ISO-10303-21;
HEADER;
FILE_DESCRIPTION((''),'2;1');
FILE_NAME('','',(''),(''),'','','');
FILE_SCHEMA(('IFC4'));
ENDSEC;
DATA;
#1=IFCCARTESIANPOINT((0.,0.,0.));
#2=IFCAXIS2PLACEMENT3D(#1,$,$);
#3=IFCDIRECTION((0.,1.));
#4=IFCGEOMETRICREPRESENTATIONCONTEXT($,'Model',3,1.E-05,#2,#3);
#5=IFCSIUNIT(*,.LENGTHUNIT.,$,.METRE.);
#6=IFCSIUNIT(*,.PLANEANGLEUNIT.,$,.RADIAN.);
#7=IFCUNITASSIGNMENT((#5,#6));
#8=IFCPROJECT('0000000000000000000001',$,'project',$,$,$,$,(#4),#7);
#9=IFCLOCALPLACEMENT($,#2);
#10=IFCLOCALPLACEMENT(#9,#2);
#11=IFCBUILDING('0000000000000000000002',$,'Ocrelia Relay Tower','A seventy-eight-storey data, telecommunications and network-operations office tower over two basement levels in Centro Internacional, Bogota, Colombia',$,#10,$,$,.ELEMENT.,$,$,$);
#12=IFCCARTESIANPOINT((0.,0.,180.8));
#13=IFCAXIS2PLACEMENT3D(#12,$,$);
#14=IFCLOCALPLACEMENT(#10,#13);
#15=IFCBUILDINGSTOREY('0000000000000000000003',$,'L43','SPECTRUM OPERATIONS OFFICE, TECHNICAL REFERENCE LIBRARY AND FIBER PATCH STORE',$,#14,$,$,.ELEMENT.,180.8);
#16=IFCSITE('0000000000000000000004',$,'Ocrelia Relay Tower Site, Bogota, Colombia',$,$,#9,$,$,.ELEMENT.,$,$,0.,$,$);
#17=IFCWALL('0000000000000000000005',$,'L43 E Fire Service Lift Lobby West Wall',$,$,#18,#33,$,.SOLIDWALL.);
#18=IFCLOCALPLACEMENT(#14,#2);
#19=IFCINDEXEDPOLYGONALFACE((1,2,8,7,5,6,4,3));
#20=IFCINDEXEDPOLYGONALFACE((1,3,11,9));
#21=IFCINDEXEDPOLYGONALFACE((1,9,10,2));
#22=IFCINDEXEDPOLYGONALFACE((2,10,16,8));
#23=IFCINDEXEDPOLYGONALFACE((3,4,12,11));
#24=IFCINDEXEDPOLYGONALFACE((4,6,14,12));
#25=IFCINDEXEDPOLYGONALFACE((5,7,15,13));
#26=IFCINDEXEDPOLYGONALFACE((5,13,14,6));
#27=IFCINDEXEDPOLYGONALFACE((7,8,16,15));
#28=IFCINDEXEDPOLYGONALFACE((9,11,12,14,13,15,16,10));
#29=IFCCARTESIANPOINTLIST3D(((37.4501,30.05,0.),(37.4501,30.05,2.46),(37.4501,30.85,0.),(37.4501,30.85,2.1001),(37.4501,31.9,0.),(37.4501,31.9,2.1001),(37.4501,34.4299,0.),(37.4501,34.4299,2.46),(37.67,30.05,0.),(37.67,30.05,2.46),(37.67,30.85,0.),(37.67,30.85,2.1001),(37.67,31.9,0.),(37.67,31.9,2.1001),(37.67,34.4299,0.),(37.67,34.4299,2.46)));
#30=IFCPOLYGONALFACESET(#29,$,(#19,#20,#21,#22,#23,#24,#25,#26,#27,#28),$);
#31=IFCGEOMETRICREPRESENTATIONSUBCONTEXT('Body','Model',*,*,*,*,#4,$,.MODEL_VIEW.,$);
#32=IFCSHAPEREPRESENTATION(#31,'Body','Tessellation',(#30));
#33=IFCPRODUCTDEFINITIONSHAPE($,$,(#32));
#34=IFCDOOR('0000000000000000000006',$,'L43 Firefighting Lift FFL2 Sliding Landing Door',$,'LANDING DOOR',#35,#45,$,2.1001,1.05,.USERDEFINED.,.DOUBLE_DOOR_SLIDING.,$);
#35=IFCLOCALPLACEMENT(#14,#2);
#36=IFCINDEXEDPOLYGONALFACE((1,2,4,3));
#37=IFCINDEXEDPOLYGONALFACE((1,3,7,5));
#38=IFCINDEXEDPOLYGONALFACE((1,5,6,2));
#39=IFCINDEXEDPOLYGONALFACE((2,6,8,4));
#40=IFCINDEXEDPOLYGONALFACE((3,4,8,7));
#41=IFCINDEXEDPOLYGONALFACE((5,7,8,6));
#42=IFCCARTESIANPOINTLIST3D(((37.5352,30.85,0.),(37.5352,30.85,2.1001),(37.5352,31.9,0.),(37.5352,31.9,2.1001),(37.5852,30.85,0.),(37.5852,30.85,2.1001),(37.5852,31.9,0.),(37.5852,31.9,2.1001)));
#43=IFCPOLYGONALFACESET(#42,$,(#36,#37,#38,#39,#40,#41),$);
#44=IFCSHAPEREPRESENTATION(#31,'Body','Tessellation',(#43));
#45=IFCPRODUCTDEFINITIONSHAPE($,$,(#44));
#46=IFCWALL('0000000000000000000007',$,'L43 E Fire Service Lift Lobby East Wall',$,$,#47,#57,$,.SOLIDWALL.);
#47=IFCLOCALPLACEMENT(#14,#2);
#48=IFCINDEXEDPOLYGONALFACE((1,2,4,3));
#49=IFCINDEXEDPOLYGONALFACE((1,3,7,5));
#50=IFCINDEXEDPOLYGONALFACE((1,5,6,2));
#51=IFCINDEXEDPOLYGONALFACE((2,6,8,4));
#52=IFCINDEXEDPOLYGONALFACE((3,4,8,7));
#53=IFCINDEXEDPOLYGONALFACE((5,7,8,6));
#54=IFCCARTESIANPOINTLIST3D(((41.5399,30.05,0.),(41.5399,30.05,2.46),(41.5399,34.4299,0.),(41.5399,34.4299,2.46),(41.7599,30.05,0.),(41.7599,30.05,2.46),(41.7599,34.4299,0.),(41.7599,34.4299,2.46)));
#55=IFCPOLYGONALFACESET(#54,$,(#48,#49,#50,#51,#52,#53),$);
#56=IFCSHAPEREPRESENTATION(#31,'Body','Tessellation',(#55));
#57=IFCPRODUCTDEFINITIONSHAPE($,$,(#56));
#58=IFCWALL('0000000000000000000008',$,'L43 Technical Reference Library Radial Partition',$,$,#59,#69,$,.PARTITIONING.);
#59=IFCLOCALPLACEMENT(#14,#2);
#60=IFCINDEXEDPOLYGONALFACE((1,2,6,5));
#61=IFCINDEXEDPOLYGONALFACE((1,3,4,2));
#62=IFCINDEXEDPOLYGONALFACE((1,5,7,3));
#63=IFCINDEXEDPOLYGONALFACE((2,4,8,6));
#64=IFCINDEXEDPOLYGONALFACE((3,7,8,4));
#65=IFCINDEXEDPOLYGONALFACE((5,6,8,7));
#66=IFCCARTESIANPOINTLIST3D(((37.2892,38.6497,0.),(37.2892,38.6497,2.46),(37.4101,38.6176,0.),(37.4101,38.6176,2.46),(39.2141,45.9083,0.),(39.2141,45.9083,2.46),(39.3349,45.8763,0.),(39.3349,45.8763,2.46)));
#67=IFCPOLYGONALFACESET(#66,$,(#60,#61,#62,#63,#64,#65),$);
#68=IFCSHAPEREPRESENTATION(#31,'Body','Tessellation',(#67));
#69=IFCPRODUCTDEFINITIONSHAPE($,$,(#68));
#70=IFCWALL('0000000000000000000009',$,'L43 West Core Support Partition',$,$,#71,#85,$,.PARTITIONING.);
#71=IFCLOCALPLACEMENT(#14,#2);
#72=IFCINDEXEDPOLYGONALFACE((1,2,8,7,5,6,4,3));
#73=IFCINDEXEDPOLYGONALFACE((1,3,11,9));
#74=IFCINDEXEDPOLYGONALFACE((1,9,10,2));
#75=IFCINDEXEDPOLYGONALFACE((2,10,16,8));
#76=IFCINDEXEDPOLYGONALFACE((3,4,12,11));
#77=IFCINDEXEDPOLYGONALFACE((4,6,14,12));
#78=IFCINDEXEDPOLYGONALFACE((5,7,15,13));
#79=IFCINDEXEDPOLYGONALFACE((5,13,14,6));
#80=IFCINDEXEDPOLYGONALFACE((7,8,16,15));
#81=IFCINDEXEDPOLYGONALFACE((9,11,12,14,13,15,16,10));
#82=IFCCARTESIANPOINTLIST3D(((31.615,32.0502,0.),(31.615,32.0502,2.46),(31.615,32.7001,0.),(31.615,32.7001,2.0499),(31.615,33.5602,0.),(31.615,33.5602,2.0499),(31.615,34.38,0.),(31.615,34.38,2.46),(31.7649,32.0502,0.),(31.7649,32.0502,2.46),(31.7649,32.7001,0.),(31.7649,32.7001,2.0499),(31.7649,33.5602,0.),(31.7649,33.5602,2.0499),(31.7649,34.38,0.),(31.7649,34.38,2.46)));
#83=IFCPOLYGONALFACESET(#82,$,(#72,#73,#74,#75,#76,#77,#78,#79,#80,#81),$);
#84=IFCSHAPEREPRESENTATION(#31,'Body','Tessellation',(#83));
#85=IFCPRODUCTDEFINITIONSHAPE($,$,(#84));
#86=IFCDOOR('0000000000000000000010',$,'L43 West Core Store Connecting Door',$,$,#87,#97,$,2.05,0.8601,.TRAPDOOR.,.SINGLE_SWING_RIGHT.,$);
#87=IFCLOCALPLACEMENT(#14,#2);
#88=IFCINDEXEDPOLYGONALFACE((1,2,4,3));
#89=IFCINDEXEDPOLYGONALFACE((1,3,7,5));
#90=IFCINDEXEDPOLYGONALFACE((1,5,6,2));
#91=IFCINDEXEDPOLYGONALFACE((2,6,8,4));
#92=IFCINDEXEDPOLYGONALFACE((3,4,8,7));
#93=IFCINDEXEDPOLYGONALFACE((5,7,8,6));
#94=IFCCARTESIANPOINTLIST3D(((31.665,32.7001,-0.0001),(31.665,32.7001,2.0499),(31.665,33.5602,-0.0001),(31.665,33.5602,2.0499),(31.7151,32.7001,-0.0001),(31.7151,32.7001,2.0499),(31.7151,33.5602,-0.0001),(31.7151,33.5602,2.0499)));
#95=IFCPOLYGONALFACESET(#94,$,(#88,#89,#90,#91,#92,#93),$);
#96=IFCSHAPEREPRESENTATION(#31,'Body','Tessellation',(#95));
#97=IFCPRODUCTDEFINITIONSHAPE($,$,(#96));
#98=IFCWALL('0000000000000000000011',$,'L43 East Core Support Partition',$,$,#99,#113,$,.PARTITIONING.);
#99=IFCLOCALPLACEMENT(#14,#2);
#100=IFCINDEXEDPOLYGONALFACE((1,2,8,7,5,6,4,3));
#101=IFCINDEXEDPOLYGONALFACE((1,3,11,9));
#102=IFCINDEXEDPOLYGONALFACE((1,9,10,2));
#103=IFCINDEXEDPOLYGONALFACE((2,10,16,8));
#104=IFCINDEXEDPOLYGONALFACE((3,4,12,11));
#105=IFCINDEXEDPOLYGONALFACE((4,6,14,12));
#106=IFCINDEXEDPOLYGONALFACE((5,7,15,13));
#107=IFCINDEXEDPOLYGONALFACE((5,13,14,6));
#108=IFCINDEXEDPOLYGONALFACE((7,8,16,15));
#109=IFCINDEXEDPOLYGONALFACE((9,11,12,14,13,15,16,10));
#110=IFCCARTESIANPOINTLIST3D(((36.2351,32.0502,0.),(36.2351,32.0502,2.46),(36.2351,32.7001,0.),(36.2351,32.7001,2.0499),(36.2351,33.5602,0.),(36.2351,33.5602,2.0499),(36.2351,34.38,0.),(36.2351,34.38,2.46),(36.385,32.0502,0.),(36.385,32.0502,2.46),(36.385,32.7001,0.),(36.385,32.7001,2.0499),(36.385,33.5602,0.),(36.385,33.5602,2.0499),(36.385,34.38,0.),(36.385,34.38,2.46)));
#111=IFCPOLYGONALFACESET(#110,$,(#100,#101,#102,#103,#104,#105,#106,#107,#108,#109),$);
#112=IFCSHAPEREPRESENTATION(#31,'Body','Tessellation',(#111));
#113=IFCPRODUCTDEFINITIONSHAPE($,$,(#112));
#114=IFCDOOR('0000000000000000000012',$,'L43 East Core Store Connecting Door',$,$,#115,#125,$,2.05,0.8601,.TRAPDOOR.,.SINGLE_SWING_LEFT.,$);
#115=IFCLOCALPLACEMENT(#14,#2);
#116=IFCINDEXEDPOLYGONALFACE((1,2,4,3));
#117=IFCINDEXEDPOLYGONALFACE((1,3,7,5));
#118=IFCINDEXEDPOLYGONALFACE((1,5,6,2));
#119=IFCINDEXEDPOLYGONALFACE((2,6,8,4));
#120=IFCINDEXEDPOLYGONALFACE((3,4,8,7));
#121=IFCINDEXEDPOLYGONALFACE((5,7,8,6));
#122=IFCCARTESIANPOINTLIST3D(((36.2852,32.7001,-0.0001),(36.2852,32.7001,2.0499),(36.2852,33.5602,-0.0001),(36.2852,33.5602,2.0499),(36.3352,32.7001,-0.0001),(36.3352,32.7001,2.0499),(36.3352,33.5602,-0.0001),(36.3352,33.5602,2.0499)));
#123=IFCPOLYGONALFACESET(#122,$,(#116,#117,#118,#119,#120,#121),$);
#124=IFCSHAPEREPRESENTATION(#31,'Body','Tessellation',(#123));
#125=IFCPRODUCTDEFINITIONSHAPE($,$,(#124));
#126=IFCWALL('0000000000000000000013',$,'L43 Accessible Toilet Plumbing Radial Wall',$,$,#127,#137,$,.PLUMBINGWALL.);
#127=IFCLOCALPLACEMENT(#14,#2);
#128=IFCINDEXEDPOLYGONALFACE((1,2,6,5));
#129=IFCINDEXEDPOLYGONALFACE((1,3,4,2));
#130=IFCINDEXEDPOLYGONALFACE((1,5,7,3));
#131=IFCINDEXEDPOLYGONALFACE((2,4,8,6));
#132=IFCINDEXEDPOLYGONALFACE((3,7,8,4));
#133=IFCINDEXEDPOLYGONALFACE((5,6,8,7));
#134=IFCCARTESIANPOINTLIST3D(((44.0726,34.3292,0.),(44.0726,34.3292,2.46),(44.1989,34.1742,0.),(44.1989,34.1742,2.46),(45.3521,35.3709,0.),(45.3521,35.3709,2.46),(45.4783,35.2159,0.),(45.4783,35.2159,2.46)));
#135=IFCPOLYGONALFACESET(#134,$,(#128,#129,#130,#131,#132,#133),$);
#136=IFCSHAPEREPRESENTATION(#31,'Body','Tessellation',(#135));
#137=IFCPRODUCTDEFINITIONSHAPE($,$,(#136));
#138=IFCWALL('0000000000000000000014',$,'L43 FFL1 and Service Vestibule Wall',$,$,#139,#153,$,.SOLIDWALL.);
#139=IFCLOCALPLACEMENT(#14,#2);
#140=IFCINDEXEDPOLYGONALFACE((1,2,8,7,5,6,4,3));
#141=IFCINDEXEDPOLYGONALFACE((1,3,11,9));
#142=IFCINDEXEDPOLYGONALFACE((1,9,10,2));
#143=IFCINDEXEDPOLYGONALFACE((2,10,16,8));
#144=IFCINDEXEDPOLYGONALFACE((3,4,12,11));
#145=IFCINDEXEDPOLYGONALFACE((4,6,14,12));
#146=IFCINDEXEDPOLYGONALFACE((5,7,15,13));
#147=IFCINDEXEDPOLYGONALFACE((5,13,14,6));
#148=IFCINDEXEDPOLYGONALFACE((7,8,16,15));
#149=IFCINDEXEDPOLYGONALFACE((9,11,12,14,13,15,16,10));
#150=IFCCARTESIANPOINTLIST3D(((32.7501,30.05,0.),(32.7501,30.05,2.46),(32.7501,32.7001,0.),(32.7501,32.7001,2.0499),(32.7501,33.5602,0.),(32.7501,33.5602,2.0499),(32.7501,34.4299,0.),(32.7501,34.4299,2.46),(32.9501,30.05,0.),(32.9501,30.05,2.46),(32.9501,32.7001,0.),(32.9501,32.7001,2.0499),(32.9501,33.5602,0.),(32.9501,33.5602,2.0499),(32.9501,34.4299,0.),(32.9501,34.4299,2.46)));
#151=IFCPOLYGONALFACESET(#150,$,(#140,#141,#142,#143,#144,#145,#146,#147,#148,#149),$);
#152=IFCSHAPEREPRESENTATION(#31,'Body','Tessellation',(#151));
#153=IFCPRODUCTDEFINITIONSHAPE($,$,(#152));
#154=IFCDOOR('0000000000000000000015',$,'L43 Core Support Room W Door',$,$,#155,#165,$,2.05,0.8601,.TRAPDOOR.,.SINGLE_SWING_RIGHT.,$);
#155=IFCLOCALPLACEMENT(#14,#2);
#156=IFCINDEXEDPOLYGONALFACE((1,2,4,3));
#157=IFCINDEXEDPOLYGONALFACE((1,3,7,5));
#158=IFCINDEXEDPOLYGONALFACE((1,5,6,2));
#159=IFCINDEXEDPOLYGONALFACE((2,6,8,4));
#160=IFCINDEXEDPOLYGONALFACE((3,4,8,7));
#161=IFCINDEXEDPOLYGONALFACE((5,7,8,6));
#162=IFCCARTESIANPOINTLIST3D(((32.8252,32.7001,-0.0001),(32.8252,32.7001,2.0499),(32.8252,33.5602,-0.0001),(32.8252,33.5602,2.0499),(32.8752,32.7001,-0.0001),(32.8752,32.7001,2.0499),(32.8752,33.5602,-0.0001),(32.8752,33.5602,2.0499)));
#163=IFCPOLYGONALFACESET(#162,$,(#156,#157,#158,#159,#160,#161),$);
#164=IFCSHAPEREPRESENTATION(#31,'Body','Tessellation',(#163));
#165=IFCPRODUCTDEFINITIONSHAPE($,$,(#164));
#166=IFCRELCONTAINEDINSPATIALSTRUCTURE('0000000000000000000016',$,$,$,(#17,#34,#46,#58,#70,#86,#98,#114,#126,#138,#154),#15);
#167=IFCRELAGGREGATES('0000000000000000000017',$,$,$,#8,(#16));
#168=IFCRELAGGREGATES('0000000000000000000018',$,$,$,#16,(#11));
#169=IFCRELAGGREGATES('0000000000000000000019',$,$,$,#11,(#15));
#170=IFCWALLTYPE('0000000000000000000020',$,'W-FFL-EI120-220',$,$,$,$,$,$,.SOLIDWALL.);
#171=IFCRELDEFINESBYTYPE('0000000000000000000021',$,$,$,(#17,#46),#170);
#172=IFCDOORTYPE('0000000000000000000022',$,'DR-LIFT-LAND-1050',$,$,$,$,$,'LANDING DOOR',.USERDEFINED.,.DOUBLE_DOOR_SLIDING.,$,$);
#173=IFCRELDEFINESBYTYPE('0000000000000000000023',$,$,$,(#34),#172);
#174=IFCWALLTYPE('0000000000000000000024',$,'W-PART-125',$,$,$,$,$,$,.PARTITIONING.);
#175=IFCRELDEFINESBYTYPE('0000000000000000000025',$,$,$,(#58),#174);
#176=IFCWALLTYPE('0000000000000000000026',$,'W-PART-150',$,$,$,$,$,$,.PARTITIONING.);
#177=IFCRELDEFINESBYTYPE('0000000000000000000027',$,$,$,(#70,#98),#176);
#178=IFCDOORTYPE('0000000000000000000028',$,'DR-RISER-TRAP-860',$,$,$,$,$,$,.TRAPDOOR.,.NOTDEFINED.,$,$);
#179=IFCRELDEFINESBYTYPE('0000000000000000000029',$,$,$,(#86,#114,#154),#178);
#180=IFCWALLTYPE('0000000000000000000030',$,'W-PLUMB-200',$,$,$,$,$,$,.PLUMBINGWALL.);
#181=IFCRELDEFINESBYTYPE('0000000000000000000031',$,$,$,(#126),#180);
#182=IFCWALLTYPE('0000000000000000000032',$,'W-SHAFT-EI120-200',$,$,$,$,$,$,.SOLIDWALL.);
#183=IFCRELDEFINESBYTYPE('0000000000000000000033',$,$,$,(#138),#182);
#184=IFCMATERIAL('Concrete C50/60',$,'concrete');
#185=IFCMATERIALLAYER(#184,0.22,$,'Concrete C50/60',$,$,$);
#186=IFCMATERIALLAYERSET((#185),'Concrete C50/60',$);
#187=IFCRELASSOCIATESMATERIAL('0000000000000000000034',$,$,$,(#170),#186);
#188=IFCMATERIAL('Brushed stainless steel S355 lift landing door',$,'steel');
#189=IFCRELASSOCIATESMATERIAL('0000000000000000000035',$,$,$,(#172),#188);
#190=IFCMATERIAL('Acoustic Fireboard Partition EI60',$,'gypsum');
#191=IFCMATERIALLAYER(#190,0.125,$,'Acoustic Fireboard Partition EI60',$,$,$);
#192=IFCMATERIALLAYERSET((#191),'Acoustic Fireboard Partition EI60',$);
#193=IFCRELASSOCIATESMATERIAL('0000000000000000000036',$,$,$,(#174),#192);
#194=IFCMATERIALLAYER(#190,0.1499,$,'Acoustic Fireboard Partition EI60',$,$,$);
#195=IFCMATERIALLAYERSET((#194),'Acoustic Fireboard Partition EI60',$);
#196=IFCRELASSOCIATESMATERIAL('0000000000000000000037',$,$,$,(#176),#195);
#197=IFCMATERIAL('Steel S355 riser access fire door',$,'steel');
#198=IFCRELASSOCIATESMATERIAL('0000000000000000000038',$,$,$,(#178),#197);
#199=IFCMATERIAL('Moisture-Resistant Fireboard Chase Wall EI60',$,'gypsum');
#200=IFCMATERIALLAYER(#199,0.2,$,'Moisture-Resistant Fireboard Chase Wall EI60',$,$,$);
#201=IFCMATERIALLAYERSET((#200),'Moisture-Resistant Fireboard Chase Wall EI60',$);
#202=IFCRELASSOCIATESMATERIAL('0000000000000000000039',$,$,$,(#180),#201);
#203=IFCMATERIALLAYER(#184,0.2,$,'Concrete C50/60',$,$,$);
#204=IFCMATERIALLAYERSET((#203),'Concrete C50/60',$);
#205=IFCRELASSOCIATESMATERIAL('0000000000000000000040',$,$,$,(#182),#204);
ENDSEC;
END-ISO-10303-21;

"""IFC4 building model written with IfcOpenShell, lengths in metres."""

from ifc_helpers import new_model, si_unit, direction, frame, frame_2d, origin, place, context, subcontext, project, spatial, rectangle, extrude, material, layer, layer_set, type_object, element, fill, save


model = new_model("IFC4")

# Units and contexts
model_context = context("Model", 3, precision=1e-05, world=origin(), true_north=direction((0.0, 1.0)))
body_context = subcontext(model_context, "Body", "Model", "MODEL_VIEW")
ifc_project = project(units=[si_unit("LENGTHUNIT", "METRE"), si_unit("PLANEANGLEUNIT", "RADIAN")], contexts=[model_context])

# Site, building, storey
site_placement = place(None, origin())
site = spatial("IfcSite", under=ifc_project, at=site_placement, Name="Ocrelia Relay Tower Site, Bogota, Colombia", CompositionType="ELEMENT", RefElevation=0.0)
building_placement = place(site_placement, origin())
building = spatial("IfcBuilding", under=site, at=building_placement, Name="Ocrelia Relay Tower", Description="A seventy-eight-storey data, telecommunications and network-operations office tower over two basement levels in Centro Internacional, Bogota, Colombia", CompositionType="ELEMENT")
storey_placement = place(building_placement, frame((0.0, 0.0, 180.8)))
storey = spatial("IfcBuildingStorey", under=building, at=storey_placement, Name="L43", Description="SPECTRUM OPERATIONS OFFICE, TECHNICAL REFERENCE LIBRARY AND FIBER PATCH STORE", CompositionType="ELEMENT", Elevation=180.8)

# Wall, opening, door
ifc_material_1 = material(Name="Concrete C50/60", Category="concrete")
ifc_layer_1 = layer(ifc_material_1, 0.22, Name="Concrete C50/60")
ifc_layer_set_1 = layer_set([ifc_layer_1], Name="Concrete C50/60")
wall_type_1 = type_object("IfcWallType", Name="W-FFL-EI120-220", PredefinedType="SOLIDWALL", material=ifc_layer_set_1)
wall_1_placement = place(storey_placement, frame((37.5601, 30.05, 0.0), z_axis=(0.0, 0.0, 1.0), x_axis=(0.0, 1.0, 0.0)))
wall_1 = element("IfcWall", 1, at=wall_1_placement, inside=storey, type_object=wall_type_1, Name="L43 E Fire Service Lift Lobby West Wall", PredefinedType="SOLIDWALL", context=body_context, shape_type="SweptSolid", body=[
    extrude(rectangle(XDim=4.3799, YDim=0.22, at=frame_2d((2.1899, 0.0))), origin(), (0.0, 0.0, 1.0), 2.46),
])
opening_1_placement = place(wall_1_placement, frame((0.8, 0.0, 0.0)))
opening_1 = element("IfcOpeningElement", 2, at=opening_1_placement, cuts=wall_1, PredefinedType="OPENING", context=body_context, shape_type="SweptSolid", body=[
    extrude(rectangle(XDim=1.05, YDim=2.1001, at=frame_2d((0.5249, 1.05))), frame((0.0, 0.1201, 0.0), z_axis=(0.0, -1.0, 0.0), x_axis=(1.0, 0.0, 0.0)), (0.0, 0.0, 1.0), 0.24),
])
ifc_material_2 = material(Name="Brushed stainless steel S355 lift landing door", Category="steel")
door_type_1 = type_object("IfcDoorType", Name="DR-LIFT-LAND-1050", ElementType="LANDING DOOR", OperationType="DOUBLE_DOOR_SLIDING", PredefinedType="USERDEFINED", material=ifc_material_2)
door_1_placement = place(opening_1_placement, origin())
door_1 = element("IfcDoor", 3, at=door_1_placement, inside=storey, type_object=door_type_1, Name="L43 Firefighting Lift FFL2 Sliding Landing Door", ObjectType="LANDING DOOR", OperationType="DOUBLE_DOOR_SLIDING", OverallHeight=2.1001, OverallWidth=1.05, PredefinedType="USERDEFINED", context=body_context, shape_type="SweptSolid", body=[
    extrude(rectangle(XDim=1.05, YDim=2.1001, at=frame_2d((0.5249, 1.05))), frame((0.0, 0.0249, 0.0), z_axis=(0.0, -1.0, 0.0), x_axis=(1.0, 0.0, 0.0)), (0.0, 0.0, 1.0), 0.05),
])
fill(opening_1, door_1)

# Wall
wall_2_placement = place(storey_placement, frame((41.6499, 30.05, 0.0), z_axis=(0.0, 0.0, 1.0), x_axis=(0.0, 1.0, 0.0)))
element("IfcWall", 4, at=wall_2_placement, inside=storey, type_object=wall_type_1, Name="L43 E Fire Service Lift Lobby East Wall", PredefinedType="SOLIDWALL", context=body_context, shape_type="SweptSolid", body=[
    extrude(rectangle(XDim=4.3799, YDim=0.22, at=frame_2d((2.1899, 0.0))), origin(), (0.0, 0.0, 1.0), 2.46),
])

# Wall
ifc_material_3 = material(Name="Acoustic Fireboard Partition EI60", Category="gypsum")
ifc_layer_2 = layer(ifc_material_3, 0.125, Name="Acoustic Fireboard Partition EI60")
ifc_layer_set_2 = layer_set([ifc_layer_2], Name="Acoustic Fireboard Partition EI60")
wall_type_2 = type_object("IfcWallType", Name="W-PART-125", PredefinedType="PARTITIONING", material=ifc_layer_set_2)
wall_3_placement = place(storey_placement, frame((37.3496, 38.6335, 0.0), z_axis=(0.0, 0.0, 1.0), x_axis=(0.256319, 0.966592, 0.0)))
element("IfcWall", 5, at=wall_3_placement, inside=storey, type_object=wall_type_2, Name="L43 Technical Reference Library Radial Partition", PredefinedType="PARTITIONING", context=body_context, shape_type="SweptSolid", body=[
    extrude(rectangle(XDim=7.5095, YDim=0.125, at=frame_2d((3.7549, 0.0))), origin(), (0.0, 0.0, 1.0), 2.46),
])

# Walls, openings, doors
ifc_layer_3 = layer(ifc_material_3, 0.1499, Name="Acoustic Fireboard Partition EI60")
ifc_layer_set_3 = layer_set([ifc_layer_3], Name="Acoustic Fireboard Partition EI60")
wall_type_3 = type_object("IfcWallType", Name="W-PART-150", PredefinedType="PARTITIONING", material=ifc_layer_set_3)
wall_4_placement = place(storey_placement, frame((31.6899, 32.05, 0.0), z_axis=(0.0, 0.0, 1.0), x_axis=(0.0, 1.0, 0.0)))
wall_4 = element("IfcWall", 6, at=wall_4_placement, inside=storey, type_object=wall_type_3, Name="L43 West Core Support Partition", PredefinedType="PARTITIONING", context=body_context, shape_type="SweptSolid", body=[
    extrude(rectangle(XDim=2.3298, YDim=0.1499, at=frame_2d((1.165, 0.0))), origin(), (0.0, 0.0, 1.0), 2.46),
])
opening_2_placement = place(wall_4_placement, frame((0.6499, 0.0, 0.0)))
opening_2 = element("IfcOpeningElement", 7, at=opening_2_placement, cuts=wall_4, PredefinedType="OPENING", context=body_context, shape_type="SweptSolid", body=[
    extrude(rectangle(XDim=0.8601, YDim=2.05, at=frame_2d((0.4302, 1.0249))), frame((0.0, 0.085, 0.0), z_axis=(0.0, -1.0, 0.0), x_axis=(1.0, 0.0, 0.0)), (0.0, 0.0, 1.0), 0.1699),
])
ifc_material_4 = material(Name="Steel S355 riser access fire door", Category="steel")
door_type_2 = type_object("IfcDoorType", Name="DR-RISER-TRAP-860", OperationType="NOTDEFINED", PredefinedType="TRAPDOOR", material=ifc_material_4)
door_2_placement = place(opening_2_placement, origin())
door_2 = element("IfcDoor", 8, at=door_2_placement, inside=storey, type_object=door_type_2, Name="L43 West Core Store Connecting Door", OperationType="SINGLE_SWING_RIGHT", OverallHeight=2.05, OverallWidth=0.8601, PredefinedType="TRAPDOOR", context=body_context, shape_type="SweptSolid", body=[
    extrude(rectangle(XDim=0.8601, YDim=2.05, at=frame_2d((0.4302, 1.0249))), frame((0.0, 0.0249, 0.0), z_axis=(0.0, -1.0, 0.0), x_axis=(1.0, 0.0, 0.0)), (0.0, 0.0, 1.0), 0.05),
])
fill(opening_2, door_2)
wall_5_placement = place(storey_placement, frame((36.3101, 32.05, 0.0), z_axis=(0.0, 0.0, 1.0), x_axis=(0.0, 1.0, 0.0)))
wall_5 = element("IfcWall", 9, at=wall_5_placement, inside=storey, type_object=wall_type_3, Name="L43 East Core Support Partition", PredefinedType="PARTITIONING", context=body_context, shape_type="SweptSolid", body=[
    extrude(rectangle(XDim=2.3298, YDim=0.1499, at=frame_2d((1.165, 0.0))), origin(), (0.0, 0.0, 1.0), 2.46),
])
opening_3_placement = place(wall_5_placement, frame((0.6499, 0.0, 0.0)))
opening_3 = element("IfcOpeningElement", 10, at=opening_3_placement, cuts=wall_5, PredefinedType="OPENING", context=body_context, shape_type="SweptSolid", body=[
    extrude(rectangle(XDim=0.8601, YDim=2.05, at=frame_2d((0.4302, 1.0249))), frame((0.0, 0.085, 0.0), z_axis=(0.0, -1.0, 0.0), x_axis=(1.0, 0.0, 0.0)), (0.0, 0.0, 1.0), 0.1699),
])
door_3_placement = place(opening_3_placement, origin())
door_3 = element("IfcDoor", 11, at=door_3_placement, inside=storey, type_object=door_type_2, Name="L43 East Core Store Connecting Door", OperationType="SINGLE_SWING_LEFT", OverallHeight=2.05, OverallWidth=0.8601, PredefinedType="TRAPDOOR", context=body_context, shape_type="SweptSolid", body=[
    extrude(rectangle(XDim=0.8601, YDim=2.05, at=frame_2d((0.4302, 1.0249))), frame((0.0, 0.0249, 0.0), z_axis=(0.0, -1.0, 0.0), x_axis=(1.0, 0.0, 0.0)), (0.0, 0.0, 1.0), 0.05),
])
fill(opening_3, door_3)

# Wall
ifc_material_5 = material(Name="Moisture-Resistant Fireboard Chase Wall EI60", Category="gypsum")
ifc_layer_4 = layer(ifc_material_5, 0.2, Name="Moisture-Resistant Fireboard Chase Wall EI60")
ifc_layer_set_4 = layer_set([ifc_layer_4], Name="Moisture-Resistant Fireboard Chase Wall EI60")
wall_type_4 = type_object("IfcWallType", Name="W-PLUMB-200", PredefinedType="PLUMBINGWALL", material=ifc_layer_set_4)
wall_6_placement = place(storey_placement, frame((44.1357, 34.2517, 0.0), z_axis=(0.0, 0.0, 1.0), x_axis=(0.775485, 0.631367, 0.0)))
element("IfcWall", 12, at=wall_6_placement, inside=storey, type_object=wall_type_4, Name="L43 Accessible Toilet Plumbing Radial Wall", PredefinedType="PLUMBINGWALL", context=body_context, shape_type="SweptSolid", body=[
    extrude(rectangle(XDim=1.6499, YDim=0.2, at=frame_2d((0.825, 0.0))), origin(), (0.0, 0.0, 1.0), 2.46),
])

# Wall, opening, door
ifc_layer_5 = layer(ifc_material_1, 0.2, Name="Concrete C50/60")
ifc_layer_set_5 = layer_set([ifc_layer_5], Name="Concrete C50/60")
wall_type_5 = type_object("IfcWallType", Name="W-SHAFT-EI120-200", PredefinedType="SOLIDWALL", material=ifc_layer_set_5)
wall_7_placement = place(storey_placement, frame((32.8501, 30.05, 0.0), z_axis=(0.0, 0.0, 1.0), x_axis=(0.0, 1.0, 0.0)))
wall_7 = element("IfcWall", 13, at=wall_7_placement, inside=storey, type_object=wall_type_5, Name="L43 FFL1 and Service Vestibule Wall", PredefinedType="SOLIDWALL", context=body_context, shape_type="SweptSolid", body=[
    extrude(rectangle(XDim=4.3799, YDim=0.2, at=frame_2d((2.1899, 0.0))), origin(), (0.0, 0.0, 1.0), 2.46),
])
opening_4_placement = place(wall_7_placement, frame((2.6499, 0.0, 0.0)))
opening_4 = element("IfcOpeningElement", 14, at=opening_4_placement, cuts=wall_7, PredefinedType="OPENING", context=body_context, shape_type="SweptSolid", body=[
    extrude(rectangle(XDim=0.8601, YDim=2.05, at=frame_2d((0.4302, 1.0249))), frame((0.0, 0.1099, 0.0), z_axis=(0.0, -1.0, 0.0), x_axis=(1.0, 0.0, 0.0)), (0.0, 0.0, 1.0), 0.22),
])
door_4_placement = place(opening_4_placement, origin())
door_4 = element("IfcDoor", 15, at=door_4_placement, inside=storey, type_object=door_type_2, Name="L43 Core Support Room W Door", OperationType="SINGLE_SWING_RIGHT", OverallHeight=2.05, OverallWidth=0.8601, PredefinedType="TRAPDOOR", context=body_context, shape_type="SweptSolid", body=[
    extrude(rectangle(XDim=0.8601, YDim=2.05, at=frame_2d((0.4302, 1.0249))), frame((0.0, 0.0249, 0.0), z_axis=(0.0, -1.0, 0.0), x_axis=(1.0, 0.0, 0.0)), (0.0, 0.0, 1.0), 0.05),
])
fill(opening_4, door_4)

save(model, "model.ifc")
